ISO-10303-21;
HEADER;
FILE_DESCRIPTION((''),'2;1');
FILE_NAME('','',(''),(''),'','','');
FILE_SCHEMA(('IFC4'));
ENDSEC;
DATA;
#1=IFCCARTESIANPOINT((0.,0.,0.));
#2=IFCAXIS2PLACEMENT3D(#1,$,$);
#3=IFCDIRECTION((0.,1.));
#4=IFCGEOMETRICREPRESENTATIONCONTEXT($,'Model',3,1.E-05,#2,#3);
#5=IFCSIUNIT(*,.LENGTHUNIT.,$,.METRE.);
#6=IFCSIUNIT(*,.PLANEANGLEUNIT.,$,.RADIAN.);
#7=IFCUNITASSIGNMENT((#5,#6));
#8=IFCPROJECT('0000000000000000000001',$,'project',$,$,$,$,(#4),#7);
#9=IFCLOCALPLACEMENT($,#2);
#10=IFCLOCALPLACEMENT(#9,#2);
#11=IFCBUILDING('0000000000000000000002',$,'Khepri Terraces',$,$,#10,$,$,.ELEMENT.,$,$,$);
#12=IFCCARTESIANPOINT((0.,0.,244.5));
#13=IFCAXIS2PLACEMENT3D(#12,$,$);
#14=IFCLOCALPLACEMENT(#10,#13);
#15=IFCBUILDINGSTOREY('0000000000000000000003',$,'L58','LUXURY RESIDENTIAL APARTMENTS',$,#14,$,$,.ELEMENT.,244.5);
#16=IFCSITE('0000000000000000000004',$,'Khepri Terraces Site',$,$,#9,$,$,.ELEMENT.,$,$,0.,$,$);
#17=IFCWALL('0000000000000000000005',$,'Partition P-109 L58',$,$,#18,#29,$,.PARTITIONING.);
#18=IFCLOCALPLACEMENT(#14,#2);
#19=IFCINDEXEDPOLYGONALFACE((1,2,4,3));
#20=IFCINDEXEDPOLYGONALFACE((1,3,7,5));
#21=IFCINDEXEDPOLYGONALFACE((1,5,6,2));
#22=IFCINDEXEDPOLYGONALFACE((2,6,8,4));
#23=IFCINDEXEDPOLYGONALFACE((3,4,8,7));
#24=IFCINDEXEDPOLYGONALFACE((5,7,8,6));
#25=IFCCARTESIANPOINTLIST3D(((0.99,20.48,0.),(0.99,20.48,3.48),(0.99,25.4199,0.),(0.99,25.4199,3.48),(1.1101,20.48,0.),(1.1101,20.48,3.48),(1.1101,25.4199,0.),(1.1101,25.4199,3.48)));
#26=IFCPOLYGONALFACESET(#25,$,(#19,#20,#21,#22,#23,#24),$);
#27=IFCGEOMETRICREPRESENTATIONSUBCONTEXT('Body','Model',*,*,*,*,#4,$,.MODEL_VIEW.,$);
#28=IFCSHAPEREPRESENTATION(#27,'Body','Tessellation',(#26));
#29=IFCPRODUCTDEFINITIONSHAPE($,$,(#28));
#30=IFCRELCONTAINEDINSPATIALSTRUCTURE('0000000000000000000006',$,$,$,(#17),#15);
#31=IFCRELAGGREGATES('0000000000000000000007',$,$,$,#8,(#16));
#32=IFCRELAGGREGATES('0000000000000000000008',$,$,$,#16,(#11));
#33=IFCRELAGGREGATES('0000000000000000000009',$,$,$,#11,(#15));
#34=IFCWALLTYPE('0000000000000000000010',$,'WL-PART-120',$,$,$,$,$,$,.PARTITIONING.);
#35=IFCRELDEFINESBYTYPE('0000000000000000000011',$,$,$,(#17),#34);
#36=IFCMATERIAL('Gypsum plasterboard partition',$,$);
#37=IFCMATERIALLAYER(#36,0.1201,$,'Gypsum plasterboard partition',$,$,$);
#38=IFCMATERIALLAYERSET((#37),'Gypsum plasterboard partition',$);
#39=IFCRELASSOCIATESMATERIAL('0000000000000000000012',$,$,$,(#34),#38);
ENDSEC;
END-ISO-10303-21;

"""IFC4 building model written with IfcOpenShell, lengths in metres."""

from ifc_helpers import new_model, si_unit, direction, frame, frame_2d, origin, place, context, subcontext, project, spatial, rectangle, extrude, material, layer, layer_set, type_object, element, save


model = new_model("IFC4")

# Units and contexts
model_context = context("Model", 3, precision=1e-05, world=origin(), true_north=direction((0.0, 1.0)))
body_context = subcontext(model_context, "Body", "Model", "MODEL_VIEW")
ifc_project = project(units=[si_unit("LENGTHUNIT", "METRE"), si_unit("PLANEANGLEUNIT", "RADIAN")], contexts=[model_context])

# Site, building, storey
site_placement = place(None, origin())
site = spatial("IfcSite", under=ifc_project, at=site_placement, Name="Khepri Terraces Site", CompositionType="ELEMENT", RefElevation=0.0)
building_placement = place(site_placement, origin())
building = spatial("IfcBuilding", under=site, at=building_placement, Name="Khepri Terraces", CompositionType="ELEMENT")
storey_placement = place(building_placement, frame((0.0, 0.0, 244.5)))
storey = spatial("IfcBuildingStorey", under=building, at=storey_placement, Name="L58", Description="LUXURY RESIDENTIAL APARTMENTS", CompositionType="ELEMENT", Elevation=244.5)

# Shared definitions
ifc_material_1 = material(Name="Gypsum plasterboard partition")
ifc_layer_1 = layer(ifc_material_1, 0.1201, Name="Gypsum plasterboard partition")
ifc_layer_set_1 = layer_set([ifc_layer_1], Name="Gypsum plasterboard partition")
wall_type_1 = type_object("IfcWallType", Name="WL-PART-120", PredefinedType="PARTITIONING", material=ifc_layer_set_1)

# Wall
wall_1_placement = place(storey_placement, frame((1.05, 20.48, 0.0), z_axis=(0.0, 0.0, 1.0), x_axis=(0.0, 1.0, 0.0)))
element("IfcWall", 1, at=wall_1_placement, inside=storey, type_object=wall_type_1, Name="Partition P-109 L58", PredefinedType="PARTITIONING", context=body_context, shape_type="SweptSolid", body=[
    extrude(rectangle(XDim=4.9399, YDim=0.1201, at=frame_2d((2.47, 0.0))), origin(), (0.0, 0.0, 1.0), 3.48),
])

save(model, "model.ifc")
